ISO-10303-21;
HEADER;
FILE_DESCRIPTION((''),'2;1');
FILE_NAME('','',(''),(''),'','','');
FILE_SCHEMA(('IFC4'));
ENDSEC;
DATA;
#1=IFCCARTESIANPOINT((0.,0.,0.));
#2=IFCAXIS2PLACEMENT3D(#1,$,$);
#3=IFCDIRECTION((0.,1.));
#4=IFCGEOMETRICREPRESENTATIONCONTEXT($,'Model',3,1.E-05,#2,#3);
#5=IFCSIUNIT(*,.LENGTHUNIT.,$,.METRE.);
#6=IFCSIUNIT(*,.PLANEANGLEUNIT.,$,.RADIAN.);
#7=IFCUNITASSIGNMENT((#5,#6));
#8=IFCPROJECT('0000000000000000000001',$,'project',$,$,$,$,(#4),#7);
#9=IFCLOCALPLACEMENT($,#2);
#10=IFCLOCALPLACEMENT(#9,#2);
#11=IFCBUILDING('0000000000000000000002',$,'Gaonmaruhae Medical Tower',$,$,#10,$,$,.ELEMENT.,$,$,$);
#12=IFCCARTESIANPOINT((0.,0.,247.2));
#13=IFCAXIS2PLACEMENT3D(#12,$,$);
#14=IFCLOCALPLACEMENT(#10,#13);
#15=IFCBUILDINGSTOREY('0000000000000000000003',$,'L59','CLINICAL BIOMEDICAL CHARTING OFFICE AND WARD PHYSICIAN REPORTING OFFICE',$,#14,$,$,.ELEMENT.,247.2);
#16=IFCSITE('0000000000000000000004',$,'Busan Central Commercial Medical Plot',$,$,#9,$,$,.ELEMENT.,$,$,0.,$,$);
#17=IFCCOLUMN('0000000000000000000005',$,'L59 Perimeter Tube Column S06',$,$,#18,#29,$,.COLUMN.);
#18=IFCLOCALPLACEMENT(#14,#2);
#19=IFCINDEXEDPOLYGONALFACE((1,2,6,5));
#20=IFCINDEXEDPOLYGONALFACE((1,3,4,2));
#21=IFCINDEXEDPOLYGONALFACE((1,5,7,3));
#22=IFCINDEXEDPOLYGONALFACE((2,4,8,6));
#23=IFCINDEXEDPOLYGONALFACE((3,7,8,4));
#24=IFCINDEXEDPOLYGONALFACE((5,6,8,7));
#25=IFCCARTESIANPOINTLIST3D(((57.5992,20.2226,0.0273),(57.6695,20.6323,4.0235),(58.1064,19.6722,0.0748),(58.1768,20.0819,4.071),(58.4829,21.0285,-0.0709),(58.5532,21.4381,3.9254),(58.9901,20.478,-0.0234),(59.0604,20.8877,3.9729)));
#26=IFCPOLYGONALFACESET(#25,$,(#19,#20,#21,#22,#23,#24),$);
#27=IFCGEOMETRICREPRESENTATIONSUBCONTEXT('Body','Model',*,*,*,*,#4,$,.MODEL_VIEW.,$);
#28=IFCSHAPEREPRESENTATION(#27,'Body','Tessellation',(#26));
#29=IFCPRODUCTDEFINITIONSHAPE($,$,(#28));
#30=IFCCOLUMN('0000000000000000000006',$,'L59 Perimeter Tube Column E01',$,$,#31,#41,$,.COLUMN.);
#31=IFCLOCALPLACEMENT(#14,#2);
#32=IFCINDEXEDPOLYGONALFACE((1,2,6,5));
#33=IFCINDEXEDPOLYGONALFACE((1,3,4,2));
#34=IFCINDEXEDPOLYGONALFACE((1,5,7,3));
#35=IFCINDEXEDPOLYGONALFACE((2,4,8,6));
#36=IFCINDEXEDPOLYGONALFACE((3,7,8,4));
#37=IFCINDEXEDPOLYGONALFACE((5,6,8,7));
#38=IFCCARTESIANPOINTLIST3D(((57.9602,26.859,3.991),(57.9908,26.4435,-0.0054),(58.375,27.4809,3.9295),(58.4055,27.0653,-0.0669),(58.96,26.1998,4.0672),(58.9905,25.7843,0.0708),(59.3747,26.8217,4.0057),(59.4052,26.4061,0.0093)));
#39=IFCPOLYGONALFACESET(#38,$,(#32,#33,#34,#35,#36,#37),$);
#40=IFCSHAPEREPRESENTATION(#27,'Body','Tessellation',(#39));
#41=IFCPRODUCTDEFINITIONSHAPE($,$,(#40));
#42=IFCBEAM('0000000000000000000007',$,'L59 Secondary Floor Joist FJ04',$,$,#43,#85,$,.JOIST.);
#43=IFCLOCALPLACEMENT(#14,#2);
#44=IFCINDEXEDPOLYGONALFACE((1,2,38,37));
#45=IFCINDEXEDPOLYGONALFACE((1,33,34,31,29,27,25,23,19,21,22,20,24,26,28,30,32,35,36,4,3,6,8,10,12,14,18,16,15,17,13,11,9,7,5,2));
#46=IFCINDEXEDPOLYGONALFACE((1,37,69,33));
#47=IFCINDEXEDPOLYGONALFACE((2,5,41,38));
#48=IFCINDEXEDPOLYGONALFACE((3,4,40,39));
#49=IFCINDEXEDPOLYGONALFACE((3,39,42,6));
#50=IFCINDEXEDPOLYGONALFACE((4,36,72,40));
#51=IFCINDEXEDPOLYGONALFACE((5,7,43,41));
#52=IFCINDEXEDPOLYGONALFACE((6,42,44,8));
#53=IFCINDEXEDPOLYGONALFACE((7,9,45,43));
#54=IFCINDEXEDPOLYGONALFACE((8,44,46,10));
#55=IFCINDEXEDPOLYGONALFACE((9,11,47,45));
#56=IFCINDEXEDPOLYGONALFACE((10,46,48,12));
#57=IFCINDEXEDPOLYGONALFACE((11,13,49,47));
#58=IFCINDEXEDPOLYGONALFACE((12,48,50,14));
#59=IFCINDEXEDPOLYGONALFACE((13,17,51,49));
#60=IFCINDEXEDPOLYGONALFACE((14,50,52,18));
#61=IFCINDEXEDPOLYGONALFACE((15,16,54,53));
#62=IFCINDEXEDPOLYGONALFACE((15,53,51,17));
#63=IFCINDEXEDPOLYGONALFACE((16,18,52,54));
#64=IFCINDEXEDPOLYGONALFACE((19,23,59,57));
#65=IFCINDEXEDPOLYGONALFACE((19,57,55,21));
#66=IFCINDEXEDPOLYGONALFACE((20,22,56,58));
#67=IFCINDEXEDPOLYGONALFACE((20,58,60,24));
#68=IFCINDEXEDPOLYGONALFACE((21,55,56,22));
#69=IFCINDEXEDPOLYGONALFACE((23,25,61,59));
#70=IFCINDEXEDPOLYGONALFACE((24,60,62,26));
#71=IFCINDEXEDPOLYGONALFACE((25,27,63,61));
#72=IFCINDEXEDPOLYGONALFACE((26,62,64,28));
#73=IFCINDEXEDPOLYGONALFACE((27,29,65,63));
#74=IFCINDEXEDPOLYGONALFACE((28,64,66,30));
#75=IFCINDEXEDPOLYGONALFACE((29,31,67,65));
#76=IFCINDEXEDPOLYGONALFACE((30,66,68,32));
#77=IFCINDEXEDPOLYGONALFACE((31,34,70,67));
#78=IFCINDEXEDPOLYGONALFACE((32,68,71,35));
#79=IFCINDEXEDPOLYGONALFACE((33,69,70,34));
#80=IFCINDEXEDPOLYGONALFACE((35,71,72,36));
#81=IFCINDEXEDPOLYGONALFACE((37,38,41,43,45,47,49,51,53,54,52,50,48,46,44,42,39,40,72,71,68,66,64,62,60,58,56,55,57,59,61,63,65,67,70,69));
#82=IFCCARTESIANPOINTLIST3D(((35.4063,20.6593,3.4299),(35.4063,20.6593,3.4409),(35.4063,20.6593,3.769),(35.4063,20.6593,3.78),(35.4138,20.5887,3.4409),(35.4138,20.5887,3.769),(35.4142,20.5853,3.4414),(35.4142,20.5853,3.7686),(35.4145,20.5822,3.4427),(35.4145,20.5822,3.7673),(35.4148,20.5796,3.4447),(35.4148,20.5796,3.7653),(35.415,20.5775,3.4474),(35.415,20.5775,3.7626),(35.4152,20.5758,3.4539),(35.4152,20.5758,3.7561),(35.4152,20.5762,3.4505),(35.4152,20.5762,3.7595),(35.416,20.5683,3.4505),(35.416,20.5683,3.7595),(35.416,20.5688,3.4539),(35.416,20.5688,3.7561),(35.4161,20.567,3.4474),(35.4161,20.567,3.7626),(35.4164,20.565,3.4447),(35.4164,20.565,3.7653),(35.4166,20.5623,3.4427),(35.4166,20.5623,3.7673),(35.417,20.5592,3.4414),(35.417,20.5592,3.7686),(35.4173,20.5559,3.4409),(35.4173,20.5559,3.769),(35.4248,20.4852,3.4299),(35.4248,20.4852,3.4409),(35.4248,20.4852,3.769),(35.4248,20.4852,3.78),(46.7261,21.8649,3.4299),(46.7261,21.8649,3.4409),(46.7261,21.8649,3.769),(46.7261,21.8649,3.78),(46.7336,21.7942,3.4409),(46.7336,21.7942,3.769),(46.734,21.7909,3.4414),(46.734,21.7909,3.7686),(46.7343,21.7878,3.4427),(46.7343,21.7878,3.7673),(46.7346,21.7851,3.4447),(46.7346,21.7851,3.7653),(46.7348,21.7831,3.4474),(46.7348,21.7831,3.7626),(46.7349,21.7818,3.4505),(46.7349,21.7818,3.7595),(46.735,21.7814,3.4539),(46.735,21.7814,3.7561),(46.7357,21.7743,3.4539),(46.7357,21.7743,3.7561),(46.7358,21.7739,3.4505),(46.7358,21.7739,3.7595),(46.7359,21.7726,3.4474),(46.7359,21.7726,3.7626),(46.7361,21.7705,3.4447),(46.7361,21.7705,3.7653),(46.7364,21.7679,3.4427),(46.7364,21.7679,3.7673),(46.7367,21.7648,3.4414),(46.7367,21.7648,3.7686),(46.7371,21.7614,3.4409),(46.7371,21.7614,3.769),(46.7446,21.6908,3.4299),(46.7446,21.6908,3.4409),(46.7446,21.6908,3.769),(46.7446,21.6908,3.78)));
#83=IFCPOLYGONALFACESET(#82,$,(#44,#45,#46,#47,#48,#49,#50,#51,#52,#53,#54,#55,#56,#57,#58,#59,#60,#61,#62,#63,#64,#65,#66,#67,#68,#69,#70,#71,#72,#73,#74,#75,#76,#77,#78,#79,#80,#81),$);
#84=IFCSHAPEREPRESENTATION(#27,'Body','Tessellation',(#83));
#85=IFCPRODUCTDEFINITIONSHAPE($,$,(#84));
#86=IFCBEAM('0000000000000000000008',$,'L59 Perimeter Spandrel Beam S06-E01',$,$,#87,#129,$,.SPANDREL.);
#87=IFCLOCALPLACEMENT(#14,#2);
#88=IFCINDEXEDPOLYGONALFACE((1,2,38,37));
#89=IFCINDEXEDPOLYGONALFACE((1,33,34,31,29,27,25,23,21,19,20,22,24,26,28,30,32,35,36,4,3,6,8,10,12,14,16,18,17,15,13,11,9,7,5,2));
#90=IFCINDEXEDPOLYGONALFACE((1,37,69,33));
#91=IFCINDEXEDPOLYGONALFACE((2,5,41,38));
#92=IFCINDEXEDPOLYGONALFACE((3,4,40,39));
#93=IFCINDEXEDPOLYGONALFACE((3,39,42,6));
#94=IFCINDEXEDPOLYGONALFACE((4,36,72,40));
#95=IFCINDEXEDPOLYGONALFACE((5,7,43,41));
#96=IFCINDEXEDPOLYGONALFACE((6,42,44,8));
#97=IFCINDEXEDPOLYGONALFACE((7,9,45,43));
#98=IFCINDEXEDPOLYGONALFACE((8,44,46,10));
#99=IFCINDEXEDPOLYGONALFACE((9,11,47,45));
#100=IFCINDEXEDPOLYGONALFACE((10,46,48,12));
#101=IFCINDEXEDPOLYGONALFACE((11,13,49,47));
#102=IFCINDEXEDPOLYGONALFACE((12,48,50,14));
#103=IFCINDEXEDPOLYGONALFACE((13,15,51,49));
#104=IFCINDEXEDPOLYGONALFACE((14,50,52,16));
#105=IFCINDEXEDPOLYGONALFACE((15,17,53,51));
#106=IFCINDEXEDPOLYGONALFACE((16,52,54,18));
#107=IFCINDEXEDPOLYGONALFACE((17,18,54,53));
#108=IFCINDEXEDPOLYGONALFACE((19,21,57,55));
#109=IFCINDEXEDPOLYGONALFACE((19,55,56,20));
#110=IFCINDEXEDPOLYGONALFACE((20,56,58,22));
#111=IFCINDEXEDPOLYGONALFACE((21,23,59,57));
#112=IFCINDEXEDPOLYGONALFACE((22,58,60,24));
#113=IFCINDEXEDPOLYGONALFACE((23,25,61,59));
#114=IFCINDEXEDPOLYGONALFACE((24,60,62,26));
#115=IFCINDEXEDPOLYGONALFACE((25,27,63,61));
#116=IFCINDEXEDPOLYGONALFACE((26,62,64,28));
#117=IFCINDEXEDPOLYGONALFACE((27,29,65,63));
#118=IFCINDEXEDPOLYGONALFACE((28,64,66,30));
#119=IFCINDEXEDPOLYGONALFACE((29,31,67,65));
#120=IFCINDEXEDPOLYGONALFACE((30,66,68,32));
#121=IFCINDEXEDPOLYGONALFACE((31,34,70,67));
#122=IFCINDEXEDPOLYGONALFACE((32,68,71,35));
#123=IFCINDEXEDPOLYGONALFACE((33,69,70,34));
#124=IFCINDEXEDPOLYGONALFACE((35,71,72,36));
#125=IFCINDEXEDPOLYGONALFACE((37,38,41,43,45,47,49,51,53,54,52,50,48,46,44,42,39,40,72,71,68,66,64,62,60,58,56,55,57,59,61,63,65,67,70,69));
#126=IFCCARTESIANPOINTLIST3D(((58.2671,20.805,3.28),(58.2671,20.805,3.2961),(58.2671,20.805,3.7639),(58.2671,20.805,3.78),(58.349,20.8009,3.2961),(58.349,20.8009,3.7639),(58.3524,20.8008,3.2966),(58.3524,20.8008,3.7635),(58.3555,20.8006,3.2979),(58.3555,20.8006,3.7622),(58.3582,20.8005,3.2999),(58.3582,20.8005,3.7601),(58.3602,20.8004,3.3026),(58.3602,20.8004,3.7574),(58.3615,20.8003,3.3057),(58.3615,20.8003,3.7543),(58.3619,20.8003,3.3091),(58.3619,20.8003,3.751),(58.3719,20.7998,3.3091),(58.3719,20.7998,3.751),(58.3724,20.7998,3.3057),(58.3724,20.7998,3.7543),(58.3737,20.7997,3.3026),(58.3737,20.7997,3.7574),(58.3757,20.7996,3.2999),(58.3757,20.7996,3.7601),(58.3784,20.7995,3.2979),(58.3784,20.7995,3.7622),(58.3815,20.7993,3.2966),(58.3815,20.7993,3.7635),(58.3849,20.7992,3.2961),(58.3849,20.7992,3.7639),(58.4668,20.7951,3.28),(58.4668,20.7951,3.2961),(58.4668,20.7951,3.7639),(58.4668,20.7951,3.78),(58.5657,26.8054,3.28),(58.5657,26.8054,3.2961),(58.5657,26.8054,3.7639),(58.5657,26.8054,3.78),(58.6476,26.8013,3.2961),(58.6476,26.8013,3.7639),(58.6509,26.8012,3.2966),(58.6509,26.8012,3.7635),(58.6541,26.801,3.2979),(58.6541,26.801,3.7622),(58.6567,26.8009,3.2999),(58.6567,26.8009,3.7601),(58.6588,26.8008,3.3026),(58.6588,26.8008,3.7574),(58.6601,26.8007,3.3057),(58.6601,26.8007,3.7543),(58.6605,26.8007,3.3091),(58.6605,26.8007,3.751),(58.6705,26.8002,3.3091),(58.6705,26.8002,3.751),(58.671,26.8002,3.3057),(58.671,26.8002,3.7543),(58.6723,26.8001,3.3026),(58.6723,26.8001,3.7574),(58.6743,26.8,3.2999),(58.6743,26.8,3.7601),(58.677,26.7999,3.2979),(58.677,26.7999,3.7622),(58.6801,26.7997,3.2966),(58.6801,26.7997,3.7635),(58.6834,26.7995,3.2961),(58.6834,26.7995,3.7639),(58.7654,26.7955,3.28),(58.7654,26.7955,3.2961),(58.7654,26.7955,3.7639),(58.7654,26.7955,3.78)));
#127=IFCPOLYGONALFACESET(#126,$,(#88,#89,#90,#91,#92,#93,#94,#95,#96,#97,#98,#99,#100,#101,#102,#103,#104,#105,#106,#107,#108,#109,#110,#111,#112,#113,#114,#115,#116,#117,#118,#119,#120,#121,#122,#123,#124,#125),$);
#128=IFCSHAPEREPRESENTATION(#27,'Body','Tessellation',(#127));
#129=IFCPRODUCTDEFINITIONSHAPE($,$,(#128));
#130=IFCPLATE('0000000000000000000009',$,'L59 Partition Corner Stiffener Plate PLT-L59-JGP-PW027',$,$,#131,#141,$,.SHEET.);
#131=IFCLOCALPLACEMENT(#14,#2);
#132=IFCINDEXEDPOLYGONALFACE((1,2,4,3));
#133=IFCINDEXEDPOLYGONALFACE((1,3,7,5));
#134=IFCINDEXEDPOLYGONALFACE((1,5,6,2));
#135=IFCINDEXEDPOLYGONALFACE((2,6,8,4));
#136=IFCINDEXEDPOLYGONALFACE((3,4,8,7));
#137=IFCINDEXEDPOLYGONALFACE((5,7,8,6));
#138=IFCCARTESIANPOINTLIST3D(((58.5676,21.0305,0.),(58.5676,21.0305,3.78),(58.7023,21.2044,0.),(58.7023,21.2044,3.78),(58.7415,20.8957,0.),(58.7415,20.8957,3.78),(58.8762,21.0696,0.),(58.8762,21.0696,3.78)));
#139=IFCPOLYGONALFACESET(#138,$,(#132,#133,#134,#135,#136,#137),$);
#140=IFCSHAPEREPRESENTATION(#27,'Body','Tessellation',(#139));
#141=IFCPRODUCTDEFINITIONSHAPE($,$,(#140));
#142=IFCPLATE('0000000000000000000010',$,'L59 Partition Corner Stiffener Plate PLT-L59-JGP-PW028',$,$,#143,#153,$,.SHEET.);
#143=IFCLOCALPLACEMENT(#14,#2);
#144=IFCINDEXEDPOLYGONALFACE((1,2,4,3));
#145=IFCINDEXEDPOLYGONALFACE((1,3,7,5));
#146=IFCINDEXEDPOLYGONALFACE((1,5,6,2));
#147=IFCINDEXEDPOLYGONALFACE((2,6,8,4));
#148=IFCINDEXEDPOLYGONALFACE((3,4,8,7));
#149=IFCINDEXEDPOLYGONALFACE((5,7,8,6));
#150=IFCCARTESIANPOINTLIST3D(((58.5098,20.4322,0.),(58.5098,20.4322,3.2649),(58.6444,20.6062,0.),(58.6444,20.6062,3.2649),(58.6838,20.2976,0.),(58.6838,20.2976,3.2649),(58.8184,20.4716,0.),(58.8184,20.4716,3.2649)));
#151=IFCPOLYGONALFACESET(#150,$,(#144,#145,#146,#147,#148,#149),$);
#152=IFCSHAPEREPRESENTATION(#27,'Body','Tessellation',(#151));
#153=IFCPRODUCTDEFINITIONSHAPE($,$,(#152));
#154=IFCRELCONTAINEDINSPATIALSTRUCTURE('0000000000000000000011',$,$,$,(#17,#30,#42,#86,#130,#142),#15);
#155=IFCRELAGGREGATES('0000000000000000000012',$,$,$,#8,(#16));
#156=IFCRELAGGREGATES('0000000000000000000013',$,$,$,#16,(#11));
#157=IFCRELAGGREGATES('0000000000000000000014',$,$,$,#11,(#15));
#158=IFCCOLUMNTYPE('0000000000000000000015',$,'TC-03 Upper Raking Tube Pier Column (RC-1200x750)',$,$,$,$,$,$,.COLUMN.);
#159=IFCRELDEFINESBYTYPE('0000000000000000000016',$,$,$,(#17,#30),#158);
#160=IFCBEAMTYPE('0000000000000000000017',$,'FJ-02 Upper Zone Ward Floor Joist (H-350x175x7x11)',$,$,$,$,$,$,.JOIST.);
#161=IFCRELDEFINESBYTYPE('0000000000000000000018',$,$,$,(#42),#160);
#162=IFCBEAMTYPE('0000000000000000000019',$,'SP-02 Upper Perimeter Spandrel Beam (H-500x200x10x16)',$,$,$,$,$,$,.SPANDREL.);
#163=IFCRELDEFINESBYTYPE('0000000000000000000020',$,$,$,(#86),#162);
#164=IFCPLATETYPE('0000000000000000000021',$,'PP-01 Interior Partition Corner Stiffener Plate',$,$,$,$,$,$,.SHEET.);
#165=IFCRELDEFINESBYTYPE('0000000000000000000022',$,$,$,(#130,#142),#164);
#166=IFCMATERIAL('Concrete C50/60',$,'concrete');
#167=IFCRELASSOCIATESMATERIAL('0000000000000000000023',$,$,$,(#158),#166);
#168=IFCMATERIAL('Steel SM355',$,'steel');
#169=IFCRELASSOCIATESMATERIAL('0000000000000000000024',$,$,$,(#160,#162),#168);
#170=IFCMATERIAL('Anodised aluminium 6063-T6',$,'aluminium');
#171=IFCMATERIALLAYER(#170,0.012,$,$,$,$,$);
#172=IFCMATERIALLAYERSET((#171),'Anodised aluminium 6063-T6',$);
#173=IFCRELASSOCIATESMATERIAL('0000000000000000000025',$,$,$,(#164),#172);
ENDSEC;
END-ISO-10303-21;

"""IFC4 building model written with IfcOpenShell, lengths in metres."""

from ifc_helpers import new_model, si_unit, direction, frame, origin, origin_2d, place, context, subcontext, project, spatial, rectangle, i_section, extrude, material, layer, layer_set, material_profile, profile_set, type_object, element, save


model = new_model("IFC4")

# Units and contexts
model_context = context("Model", 3, precision=1e-05, world=origin(), true_north=direction((0.0, 1.0)))
body_context = subcontext(model_context, "Body", "Model", "MODEL_VIEW")
ifc_project = project(units=[si_unit("LENGTHUNIT", "METRE"), si_unit("PLANEANGLEUNIT", "RADIAN")], contexts=[model_context])

# Site, building, storey
site_placement = place(None, origin())
site = spatial("IfcSite", under=ifc_project, at=site_placement, Name="Busan Central Commercial Medical Plot", CompositionType="ELEMENT", RefElevation=0.0)
building_placement = place(site_placement, origin())
building = spatial("IfcBuilding", under=site, at=building_placement, Name="Gaonmaruhae Medical Tower", CompositionType="ELEMENT")
storey_placement = place(building_placement, frame((0.0, 0.0, 247.2)))
storey = spatial("IfcBuildingStorey", under=building, at=storey_placement, Name="L59", Description="CLINICAL BIOMEDICAL CHARTING OFFICE AND WARD PHYSICIAN REPORTING OFFICE", CompositionType="ELEMENT", Elevation=247.2)

# Columns
ifc_material_1 = material(Name="Concrete C50/60", Category="concrete")
ifc_material_profile_1 = material_profile(ifc_material_1, rectangle(XDim=1.2, YDim=0.75, at=origin_2d()), Name="RC-1200x750")
ifc_profile_set_1 = profile_set([ifc_material_profile_1], Name="Concrete C50/60")
column_type = type_object("IfcColumnType", Name="TC-03 Upper Raking Tube Pier Column (RC-1200x750)", PredefinedType="COLUMN", material=ifc_profile_set_1)
column_1_placement = place(storey_placement, frame((58.2947, 20.3503, 0.002), z_axis=(0.0175, 0.101961, 0.994634), x_axis=(-0.736429, -0.671551, 0.081798)))
element("IfcColumn", 1, at=column_1_placement, inside=storey, type_object=column_type, Name="L59 Perimeter Tube Column S06", PredefinedType="COLUMN", context=body_context, shape_type="SweptSolid", body=[
    extrude(rectangle(XDim=1.2, YDim=0.75, at=origin_2d()), origin(), (0.0, 0.0, 1.0), 4.0178),
])
column_2_placement = place(storey_placement, frame((58.698, 26.4248, 0.002), z_axis=(-0.007595, 0.103417, 0.994609), x_axis=(0.833166, -0.549367, 0.063484)))
element("IfcColumn", 2, at=column_2_placement, inside=storey, type_object=column_type, Name="L59 Perimeter Tube Column E01", PredefinedType="COLUMN", context=body_context, shape_type="SweptSolid", body=[
    extrude(rectangle(XDim=1.2, YDim=0.75, at=origin_2d()), origin(), (0.0, 0.0, 1.0), 4.0181),
])

# Beams
ifc_material_2 = material(Name="Steel SM355", Category="steel")
ifc_material_profile_2 = material_profile(ifc_material_2, i_section(OverallWidth=0.175, OverallDepth=0.3501, WebThickness=0.0071, FlangeThickness=0.011, FilletRadius=0.0129, at=origin_2d()), Name="H-350x175x7x11")
ifc_profile_set_2 = profile_set([ifc_material_profile_2], Name="Steel SM355")
beam_type_1 = type_object("IfcBeamType", Name="FJ-02 Upper Zone Ward Floor Joist (H-350x175x7x11)", PredefinedType="JOIST", material=ifc_profile_set_2)
beam_1_placement = place(storey_placement, frame((46.7354, 21.7778, 3.605), z_axis=(-0.994377, -0.105902, 0.0), x_axis=(0.105902, -0.994377, 0.0)))
element("IfcBeam", 3, at=beam_1_placement, inside=storey, type_object=beam_type_1, Name="L59 Secondary Floor Joist FJ04", PredefinedType="JOIST", context=body_context, shape_type="SweptSolid", body=[
    extrude(i_section(OverallWidth=0.175, OverallDepth=0.3501, WebThickness=0.0071, FlangeThickness=0.011, FilletRadius=0.0129, at=origin_2d()), origin(), (0.0, 0.0, 1.0), 11.3838),
])
ifc_material_profile_3 = material_profile(ifc_material_2, i_section(OverallWidth=0.2, OverallDepth=0.5, WebThickness=0.01, FlangeThickness=0.0161, FilletRadius=0.0129, at=origin_2d()), Name="H-500x200x10x16")
ifc_profile_set_3 = profile_set([ifc_material_profile_3], Name="Steel SM355")
beam_type_2 = type_object("IfcBeamType", Name="SP-02 Upper Perimeter Spandrel Beam (H-500x200x10x16)", PredefinedType="SPANDREL", material=ifc_profile_set_3)
beam_2_placement = place(storey_placement, frame((58.3669, 20.8, 3.53), z_axis=(0.049698, 0.998764, 0.0), x_axis=(-0.998764, 0.049698, 0.0)))
element("IfcBeam", 4, at=beam_2_placement, inside=storey, type_object=beam_type_2, Name="L59 Perimeter Spandrel Beam S06-E01", PredefinedType="SPANDREL", context=body_context, shape_type="SweptSolid", body=[
    extrude(i_section(OverallWidth=0.2, OverallDepth=0.5, WebThickness=0.01, FlangeThickness=0.0161, FilletRadius=0.0129, at=origin_2d()), origin(), (0.0, 0.0, 1.0), 6.0078),
])

# Plates
ifc_material_3 = material(Name="Anodised aluminium 6063-T6", Category="aluminium")
ifc_layer_1 = layer(ifc_material_3, 0.012)
ifc_layer_set_1 = layer_set([ifc_layer_1], Name="Anodised aluminium 6063-T6")
plate_type = type_object("IfcPlateType", Name="PP-01 Interior Partition Corner Stiffener Plate", PredefinedType="SHEET", material=ifc_layer_set_1)
plate_1_placement = place(storey_placement, frame((58.7219, 21.05, 0.0), z_axis=(0.0, 0.0, 1.0), x_axis=(0.790529, -0.612424, 0.0)))
element("IfcPlate", 5, at=plate_1_placement, inside=storey, type_object=plate_type, Name="L59 Partition Corner Stiffener Plate PLT-L59-JGP-PW027", PredefinedType="SHEET", context=body_context, shape_type="SweptSolid", body=[
    extrude(rectangle(XDim=0.22, YDim=0.22, at=origin_2d()), origin(), (0.0, 0.0, 1.0), 3.78),
])
plate_2_placement = place(storey_placement, frame((58.6641, 20.4519, 0.0), z_axis=(0.0, 0.0, 1.0), x_axis=(-0.6119, -0.790935, 0.0)))
element("IfcPlate", 6, at=plate_2_placement, inside=storey, type_object=plate_type, Name="L59 Partition Corner Stiffener Plate PLT-L59-JGP-PW028", PredefinedType="SHEET", context=body_context, shape_type="SweptSolid", body=[
    extrude(rectangle(XDim=0.22, YDim=0.22, at=origin_2d()), origin(), (0.0, 0.0, 1.0), 3.2649),
])

save(model, "model.ifc")
